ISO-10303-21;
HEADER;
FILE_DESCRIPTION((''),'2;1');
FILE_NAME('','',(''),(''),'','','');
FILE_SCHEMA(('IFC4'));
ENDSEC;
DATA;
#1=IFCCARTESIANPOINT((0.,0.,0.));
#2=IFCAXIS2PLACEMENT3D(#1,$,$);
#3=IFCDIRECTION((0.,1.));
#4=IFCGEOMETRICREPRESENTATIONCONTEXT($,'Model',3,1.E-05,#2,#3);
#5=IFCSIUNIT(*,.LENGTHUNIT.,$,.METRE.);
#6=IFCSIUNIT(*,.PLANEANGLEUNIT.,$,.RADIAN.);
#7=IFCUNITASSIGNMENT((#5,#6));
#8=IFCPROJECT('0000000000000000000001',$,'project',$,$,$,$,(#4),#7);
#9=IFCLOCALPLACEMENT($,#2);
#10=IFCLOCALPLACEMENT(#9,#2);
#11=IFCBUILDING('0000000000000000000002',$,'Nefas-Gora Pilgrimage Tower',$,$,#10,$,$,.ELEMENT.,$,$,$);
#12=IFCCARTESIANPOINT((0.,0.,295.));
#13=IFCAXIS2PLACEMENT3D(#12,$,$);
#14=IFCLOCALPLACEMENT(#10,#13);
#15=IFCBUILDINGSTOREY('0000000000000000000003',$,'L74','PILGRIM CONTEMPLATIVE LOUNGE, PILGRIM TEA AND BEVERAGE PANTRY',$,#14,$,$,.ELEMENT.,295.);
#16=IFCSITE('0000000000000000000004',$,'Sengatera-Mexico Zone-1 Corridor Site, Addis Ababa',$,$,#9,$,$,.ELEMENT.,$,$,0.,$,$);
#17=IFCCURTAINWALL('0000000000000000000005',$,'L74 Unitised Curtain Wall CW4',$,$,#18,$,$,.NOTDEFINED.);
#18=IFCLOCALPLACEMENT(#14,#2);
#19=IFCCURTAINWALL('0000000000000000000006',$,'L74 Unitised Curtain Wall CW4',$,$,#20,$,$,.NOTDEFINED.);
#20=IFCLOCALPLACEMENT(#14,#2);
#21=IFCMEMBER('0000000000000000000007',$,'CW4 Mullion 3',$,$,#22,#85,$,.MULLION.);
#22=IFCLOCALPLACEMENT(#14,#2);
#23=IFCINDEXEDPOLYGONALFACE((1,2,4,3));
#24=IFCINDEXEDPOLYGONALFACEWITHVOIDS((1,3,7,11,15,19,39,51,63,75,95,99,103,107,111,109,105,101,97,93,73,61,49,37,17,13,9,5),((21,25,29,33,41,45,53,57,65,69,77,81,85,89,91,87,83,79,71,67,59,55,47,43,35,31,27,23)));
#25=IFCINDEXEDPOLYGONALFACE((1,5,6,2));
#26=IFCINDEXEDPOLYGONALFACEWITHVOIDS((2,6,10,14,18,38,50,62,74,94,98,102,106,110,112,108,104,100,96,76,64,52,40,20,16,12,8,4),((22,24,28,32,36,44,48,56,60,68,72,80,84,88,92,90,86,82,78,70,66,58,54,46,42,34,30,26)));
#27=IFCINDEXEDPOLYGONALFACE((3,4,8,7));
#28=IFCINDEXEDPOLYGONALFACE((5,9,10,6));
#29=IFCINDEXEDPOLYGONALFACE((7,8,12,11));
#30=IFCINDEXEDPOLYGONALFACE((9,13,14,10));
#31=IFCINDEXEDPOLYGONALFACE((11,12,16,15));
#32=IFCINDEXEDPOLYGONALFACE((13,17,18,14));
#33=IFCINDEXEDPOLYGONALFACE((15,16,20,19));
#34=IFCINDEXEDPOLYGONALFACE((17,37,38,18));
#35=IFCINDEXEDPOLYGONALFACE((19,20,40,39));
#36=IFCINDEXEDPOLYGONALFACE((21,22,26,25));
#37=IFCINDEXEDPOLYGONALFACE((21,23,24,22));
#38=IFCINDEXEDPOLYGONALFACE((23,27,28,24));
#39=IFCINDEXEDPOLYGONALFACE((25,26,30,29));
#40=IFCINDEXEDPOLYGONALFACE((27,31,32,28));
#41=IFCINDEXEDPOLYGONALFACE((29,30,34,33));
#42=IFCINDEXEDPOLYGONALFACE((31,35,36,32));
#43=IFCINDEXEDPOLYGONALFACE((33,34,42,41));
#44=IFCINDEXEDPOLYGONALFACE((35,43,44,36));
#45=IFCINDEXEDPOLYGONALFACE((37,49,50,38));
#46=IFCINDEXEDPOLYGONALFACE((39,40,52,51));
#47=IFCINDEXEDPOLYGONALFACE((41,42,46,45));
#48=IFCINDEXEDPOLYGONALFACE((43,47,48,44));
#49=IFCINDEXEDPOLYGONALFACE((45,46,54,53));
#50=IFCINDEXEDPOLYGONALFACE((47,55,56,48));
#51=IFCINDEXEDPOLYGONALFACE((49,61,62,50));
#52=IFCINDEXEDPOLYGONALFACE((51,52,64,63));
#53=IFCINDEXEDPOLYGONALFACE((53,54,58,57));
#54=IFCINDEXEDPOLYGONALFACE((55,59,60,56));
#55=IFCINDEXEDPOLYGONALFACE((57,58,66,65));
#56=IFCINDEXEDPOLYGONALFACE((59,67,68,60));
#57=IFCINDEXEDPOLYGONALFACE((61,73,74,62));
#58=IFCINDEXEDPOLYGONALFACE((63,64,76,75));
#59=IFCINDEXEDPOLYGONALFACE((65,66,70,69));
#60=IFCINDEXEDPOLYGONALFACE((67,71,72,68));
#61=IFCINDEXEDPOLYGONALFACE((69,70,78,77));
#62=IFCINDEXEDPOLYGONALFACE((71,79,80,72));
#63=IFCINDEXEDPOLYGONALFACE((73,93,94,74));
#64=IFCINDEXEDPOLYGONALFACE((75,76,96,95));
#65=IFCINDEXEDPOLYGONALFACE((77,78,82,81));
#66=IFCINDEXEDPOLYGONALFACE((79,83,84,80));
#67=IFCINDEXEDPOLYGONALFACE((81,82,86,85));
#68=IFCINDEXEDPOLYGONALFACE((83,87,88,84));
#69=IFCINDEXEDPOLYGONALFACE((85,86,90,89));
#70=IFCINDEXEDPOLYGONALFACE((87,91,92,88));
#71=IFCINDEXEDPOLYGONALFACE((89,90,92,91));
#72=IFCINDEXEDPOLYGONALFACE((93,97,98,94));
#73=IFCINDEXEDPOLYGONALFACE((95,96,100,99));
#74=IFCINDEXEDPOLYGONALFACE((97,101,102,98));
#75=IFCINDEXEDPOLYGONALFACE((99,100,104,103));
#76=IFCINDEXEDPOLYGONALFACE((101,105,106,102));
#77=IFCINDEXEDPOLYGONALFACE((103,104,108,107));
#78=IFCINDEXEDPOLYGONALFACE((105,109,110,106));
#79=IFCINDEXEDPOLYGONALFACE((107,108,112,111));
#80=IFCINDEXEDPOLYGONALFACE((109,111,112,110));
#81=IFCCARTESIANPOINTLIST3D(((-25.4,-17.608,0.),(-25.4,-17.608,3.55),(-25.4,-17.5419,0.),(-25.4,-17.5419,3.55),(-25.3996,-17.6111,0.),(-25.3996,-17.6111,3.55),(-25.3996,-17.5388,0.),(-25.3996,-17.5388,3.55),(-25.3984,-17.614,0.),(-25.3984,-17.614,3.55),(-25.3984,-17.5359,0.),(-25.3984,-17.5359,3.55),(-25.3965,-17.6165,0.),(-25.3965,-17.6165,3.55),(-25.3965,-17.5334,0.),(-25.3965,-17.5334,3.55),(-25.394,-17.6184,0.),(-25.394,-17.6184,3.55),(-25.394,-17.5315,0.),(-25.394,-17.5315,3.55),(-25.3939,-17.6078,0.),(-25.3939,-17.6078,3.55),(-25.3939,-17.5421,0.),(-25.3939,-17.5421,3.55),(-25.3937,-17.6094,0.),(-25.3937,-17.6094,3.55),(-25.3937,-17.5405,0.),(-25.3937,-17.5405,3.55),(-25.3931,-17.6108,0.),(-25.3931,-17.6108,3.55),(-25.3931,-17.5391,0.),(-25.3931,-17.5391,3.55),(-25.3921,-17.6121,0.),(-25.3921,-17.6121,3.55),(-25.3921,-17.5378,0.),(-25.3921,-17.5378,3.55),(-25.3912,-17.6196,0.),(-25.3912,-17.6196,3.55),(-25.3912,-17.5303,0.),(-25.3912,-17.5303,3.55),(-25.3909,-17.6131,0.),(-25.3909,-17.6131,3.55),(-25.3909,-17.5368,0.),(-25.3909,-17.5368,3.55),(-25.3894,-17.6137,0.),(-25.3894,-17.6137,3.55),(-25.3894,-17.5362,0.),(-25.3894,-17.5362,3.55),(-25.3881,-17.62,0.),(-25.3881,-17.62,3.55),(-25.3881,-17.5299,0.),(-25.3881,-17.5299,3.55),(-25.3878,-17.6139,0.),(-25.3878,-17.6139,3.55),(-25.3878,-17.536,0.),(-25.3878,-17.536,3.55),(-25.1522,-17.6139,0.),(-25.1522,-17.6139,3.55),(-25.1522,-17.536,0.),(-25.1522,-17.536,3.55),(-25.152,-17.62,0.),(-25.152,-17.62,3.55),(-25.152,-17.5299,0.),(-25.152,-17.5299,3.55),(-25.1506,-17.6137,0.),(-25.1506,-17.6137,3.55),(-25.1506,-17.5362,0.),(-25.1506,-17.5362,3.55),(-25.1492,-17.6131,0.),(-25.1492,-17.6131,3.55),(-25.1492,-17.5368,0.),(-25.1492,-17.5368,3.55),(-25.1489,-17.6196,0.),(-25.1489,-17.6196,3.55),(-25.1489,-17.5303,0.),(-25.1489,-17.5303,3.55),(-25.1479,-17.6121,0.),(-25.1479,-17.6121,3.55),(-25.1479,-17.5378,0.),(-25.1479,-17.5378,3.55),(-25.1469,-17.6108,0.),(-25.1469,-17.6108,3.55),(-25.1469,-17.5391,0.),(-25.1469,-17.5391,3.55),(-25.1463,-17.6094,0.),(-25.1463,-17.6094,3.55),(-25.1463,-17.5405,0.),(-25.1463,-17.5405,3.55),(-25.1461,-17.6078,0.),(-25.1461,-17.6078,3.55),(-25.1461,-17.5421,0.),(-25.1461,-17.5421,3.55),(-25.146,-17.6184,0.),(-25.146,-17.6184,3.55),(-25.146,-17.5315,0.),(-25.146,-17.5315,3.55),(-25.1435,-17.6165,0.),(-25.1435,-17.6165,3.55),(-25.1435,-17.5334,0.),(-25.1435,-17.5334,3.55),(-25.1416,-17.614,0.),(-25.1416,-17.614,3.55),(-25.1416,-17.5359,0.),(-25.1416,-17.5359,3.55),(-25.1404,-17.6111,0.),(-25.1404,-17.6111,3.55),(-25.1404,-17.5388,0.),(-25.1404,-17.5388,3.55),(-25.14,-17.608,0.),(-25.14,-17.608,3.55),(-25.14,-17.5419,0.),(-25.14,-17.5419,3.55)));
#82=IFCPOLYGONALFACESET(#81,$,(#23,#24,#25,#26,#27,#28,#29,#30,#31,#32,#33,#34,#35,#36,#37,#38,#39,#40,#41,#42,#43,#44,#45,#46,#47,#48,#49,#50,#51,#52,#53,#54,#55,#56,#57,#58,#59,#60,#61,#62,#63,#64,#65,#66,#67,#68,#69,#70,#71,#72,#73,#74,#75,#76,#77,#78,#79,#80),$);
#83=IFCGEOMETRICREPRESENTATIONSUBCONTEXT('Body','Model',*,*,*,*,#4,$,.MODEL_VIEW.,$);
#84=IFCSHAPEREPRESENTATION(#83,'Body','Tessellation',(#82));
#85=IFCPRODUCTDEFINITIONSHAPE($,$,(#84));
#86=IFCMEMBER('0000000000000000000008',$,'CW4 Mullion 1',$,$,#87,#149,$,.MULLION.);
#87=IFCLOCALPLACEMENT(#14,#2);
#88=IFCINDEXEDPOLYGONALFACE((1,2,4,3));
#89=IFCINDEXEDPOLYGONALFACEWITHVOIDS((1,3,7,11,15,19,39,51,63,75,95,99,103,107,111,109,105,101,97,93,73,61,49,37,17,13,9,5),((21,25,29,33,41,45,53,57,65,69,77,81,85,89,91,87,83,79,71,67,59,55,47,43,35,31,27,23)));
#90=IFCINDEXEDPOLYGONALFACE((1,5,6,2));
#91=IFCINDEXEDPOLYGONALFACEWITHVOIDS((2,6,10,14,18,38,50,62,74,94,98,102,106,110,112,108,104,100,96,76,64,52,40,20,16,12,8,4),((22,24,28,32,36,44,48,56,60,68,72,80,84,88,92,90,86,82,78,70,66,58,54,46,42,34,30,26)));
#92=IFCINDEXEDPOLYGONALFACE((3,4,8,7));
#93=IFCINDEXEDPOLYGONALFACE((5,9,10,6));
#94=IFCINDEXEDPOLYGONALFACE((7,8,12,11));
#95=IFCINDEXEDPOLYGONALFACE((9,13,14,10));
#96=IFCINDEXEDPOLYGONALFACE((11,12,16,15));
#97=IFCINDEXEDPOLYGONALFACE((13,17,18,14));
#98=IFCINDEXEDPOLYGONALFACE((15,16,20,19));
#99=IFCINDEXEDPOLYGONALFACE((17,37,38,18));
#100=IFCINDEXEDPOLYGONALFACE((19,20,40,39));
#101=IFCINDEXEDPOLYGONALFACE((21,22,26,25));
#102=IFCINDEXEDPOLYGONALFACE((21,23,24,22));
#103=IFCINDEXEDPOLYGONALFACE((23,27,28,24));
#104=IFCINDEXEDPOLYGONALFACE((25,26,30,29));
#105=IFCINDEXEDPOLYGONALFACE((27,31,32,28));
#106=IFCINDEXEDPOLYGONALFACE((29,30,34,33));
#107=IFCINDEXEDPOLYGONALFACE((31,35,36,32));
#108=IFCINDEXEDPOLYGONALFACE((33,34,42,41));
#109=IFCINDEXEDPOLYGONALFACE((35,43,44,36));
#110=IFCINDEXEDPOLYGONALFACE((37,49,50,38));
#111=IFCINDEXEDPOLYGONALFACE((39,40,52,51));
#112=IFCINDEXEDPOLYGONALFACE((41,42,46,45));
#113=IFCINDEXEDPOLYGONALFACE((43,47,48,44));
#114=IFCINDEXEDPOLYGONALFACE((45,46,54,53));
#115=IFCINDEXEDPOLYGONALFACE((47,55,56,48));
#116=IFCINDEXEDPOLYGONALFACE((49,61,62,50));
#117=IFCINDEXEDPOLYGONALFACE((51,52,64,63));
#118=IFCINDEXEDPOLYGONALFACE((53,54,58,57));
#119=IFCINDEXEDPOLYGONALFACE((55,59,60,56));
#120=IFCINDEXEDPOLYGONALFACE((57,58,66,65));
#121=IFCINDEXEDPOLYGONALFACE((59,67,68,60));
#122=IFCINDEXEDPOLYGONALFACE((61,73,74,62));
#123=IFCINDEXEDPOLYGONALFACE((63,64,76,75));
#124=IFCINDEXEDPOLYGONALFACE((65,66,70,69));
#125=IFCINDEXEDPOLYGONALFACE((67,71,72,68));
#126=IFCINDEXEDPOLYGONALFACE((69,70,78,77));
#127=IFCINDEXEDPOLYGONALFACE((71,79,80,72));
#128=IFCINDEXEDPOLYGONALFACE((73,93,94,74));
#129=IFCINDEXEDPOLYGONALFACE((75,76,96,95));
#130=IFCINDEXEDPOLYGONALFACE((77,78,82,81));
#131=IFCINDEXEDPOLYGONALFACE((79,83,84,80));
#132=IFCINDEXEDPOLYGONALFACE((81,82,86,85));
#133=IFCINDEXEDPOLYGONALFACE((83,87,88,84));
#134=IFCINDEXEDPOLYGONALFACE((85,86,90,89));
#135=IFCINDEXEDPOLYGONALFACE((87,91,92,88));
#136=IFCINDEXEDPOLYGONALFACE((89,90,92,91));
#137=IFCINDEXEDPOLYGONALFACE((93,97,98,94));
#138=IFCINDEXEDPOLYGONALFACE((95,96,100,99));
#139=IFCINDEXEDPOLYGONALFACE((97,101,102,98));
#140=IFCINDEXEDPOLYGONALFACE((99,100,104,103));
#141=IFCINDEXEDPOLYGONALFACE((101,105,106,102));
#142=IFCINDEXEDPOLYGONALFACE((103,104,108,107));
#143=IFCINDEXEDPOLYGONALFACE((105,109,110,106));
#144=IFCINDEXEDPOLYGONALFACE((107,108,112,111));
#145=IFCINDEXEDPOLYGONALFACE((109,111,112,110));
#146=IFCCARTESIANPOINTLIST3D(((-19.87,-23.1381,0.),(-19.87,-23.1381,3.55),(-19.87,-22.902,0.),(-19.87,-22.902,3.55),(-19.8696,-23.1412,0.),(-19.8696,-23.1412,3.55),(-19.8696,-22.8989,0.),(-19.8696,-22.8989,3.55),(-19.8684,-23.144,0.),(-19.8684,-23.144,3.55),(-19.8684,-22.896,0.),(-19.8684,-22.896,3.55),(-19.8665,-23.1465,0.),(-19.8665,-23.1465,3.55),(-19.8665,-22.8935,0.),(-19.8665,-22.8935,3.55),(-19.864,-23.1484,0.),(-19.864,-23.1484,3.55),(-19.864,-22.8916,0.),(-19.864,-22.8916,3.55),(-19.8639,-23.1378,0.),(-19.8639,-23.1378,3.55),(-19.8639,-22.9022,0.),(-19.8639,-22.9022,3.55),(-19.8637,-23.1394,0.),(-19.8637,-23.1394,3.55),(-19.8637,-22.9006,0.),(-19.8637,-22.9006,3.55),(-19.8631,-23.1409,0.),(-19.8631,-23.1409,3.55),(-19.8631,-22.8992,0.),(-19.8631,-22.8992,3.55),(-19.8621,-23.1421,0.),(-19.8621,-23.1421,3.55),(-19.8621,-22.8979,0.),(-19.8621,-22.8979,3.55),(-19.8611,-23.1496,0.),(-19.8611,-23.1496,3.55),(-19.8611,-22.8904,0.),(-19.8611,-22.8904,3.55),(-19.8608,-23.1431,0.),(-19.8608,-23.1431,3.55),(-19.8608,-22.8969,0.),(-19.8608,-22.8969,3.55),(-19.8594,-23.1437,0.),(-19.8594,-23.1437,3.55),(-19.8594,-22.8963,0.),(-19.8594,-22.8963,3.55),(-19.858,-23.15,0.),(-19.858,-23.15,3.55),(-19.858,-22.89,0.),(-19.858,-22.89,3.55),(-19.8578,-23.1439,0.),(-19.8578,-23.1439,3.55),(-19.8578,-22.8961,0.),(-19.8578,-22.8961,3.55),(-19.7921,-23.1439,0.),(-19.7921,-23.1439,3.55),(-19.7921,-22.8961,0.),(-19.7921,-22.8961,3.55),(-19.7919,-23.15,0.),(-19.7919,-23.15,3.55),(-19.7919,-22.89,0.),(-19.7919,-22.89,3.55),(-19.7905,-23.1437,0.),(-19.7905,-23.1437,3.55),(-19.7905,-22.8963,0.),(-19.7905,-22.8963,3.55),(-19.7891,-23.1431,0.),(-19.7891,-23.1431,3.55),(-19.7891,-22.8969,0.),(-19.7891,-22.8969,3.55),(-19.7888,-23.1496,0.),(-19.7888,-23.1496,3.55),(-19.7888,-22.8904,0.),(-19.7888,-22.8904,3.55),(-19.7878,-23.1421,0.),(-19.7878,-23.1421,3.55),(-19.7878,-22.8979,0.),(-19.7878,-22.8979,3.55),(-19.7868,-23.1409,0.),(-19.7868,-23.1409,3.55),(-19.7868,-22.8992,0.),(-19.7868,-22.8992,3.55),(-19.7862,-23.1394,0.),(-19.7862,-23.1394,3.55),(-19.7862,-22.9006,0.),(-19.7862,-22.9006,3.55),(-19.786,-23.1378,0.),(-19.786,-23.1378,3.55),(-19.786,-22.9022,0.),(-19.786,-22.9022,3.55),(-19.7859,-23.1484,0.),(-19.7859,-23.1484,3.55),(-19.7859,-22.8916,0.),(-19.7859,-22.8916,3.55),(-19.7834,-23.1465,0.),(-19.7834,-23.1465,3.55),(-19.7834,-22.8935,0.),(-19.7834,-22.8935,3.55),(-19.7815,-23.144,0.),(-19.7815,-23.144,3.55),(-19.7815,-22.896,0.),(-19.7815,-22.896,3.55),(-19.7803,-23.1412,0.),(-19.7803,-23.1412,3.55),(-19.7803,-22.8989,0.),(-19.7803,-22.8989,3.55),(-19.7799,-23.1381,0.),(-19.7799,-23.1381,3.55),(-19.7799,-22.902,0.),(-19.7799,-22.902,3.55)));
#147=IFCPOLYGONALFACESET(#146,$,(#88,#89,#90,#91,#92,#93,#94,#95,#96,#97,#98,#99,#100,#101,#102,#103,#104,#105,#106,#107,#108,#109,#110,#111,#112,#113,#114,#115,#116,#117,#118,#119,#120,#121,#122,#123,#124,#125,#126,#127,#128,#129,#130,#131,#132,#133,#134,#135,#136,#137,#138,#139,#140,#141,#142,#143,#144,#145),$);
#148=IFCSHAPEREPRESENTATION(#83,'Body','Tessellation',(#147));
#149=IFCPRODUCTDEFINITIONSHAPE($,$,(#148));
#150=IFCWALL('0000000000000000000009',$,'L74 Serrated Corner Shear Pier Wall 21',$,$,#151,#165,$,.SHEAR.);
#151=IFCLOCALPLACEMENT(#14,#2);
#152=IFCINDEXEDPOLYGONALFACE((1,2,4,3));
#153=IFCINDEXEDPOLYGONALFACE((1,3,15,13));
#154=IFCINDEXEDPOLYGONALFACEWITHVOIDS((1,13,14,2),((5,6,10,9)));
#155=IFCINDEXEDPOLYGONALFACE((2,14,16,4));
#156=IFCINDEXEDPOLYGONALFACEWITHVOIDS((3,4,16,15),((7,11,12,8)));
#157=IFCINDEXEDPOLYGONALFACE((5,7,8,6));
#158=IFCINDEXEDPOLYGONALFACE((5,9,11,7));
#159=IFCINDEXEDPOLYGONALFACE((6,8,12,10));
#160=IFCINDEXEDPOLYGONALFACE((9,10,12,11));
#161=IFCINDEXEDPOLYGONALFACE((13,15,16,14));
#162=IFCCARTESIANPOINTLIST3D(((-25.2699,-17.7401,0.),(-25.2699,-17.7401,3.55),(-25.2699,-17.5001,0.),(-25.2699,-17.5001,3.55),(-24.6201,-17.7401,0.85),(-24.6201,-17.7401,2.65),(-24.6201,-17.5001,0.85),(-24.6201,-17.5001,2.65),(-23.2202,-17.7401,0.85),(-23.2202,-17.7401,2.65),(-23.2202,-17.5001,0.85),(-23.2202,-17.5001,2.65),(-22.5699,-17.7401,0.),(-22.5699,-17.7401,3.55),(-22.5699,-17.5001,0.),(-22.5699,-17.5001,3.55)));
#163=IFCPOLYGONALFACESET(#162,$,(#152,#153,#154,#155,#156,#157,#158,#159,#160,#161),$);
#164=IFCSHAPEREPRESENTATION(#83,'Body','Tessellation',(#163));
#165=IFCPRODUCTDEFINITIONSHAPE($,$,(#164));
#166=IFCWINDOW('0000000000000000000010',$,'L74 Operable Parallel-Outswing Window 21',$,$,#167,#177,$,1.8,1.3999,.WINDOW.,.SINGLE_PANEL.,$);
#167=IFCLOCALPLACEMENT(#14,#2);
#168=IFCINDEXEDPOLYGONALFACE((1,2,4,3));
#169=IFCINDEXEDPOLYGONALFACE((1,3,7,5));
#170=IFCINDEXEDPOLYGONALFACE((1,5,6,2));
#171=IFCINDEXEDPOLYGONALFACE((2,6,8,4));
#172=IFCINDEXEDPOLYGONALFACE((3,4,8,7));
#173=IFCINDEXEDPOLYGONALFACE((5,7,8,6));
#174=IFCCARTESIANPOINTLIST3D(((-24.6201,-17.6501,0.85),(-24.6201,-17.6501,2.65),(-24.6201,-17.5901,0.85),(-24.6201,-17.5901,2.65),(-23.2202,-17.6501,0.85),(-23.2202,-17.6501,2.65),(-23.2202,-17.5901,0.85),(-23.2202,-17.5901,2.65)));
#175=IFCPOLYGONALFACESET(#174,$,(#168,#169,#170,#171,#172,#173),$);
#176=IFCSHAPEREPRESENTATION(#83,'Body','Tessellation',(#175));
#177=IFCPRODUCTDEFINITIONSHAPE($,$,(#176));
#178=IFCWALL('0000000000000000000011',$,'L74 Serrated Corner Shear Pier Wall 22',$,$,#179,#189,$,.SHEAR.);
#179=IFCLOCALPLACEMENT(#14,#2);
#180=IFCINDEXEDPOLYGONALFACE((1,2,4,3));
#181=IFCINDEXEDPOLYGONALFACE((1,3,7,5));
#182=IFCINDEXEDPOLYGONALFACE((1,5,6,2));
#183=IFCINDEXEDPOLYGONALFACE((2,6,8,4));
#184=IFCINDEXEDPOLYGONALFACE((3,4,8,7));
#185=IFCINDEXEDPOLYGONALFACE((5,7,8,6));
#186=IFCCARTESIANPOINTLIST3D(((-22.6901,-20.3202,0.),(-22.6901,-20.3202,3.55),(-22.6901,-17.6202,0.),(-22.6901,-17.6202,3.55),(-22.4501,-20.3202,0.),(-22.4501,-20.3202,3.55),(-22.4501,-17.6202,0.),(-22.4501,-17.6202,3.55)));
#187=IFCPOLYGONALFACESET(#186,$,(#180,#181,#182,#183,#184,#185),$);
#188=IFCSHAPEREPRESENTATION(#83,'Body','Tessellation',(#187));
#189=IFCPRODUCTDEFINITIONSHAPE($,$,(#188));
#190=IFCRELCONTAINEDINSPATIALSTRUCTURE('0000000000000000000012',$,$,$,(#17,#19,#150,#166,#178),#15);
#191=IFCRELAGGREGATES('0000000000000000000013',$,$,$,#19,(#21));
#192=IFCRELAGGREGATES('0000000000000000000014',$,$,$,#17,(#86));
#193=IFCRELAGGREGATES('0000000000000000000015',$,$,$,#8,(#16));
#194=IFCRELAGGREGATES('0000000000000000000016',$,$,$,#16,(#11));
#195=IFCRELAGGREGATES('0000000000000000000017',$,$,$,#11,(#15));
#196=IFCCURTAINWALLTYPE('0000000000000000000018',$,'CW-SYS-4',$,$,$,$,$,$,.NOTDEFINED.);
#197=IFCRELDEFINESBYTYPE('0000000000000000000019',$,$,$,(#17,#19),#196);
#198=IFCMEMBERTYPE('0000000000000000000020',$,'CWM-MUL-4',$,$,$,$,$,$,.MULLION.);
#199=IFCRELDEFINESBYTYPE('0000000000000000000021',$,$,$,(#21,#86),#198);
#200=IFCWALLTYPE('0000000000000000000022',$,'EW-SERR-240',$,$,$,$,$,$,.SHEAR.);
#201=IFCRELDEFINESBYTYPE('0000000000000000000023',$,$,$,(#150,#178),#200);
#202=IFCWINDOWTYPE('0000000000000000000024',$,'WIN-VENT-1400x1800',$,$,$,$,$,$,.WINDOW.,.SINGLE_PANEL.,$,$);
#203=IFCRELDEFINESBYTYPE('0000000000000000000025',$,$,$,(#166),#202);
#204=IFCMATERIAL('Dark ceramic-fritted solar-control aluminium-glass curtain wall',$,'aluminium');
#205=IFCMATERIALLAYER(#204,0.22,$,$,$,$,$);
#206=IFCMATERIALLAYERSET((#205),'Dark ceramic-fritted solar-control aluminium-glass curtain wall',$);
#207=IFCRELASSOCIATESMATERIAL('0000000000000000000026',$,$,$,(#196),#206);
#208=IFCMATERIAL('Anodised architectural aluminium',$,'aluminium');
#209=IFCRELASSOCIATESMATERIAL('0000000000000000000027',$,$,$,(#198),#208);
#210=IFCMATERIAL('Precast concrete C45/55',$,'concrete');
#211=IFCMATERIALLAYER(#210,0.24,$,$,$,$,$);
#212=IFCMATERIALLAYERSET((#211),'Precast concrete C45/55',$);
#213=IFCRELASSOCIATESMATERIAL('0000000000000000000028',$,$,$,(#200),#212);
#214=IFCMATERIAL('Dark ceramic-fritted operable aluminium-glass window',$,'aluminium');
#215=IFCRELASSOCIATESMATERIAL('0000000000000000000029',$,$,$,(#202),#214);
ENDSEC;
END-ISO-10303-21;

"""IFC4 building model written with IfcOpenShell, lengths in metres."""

from ifc_helpers import new_model, si_unit, direction, frame, frame_2d, origin, origin_2d, place, context, subcontext, project, spatial, rectangle, hollow_rectangle, extrude, source, transform, mapped, material, layer, layer_set, material_profile, profile_set, type_object, element, fill, aggregate, save


model = new_model("IFC4")

# Units and contexts
model_context = context("Model", 3, precision=1e-05, world=origin(), true_north=direction((0.0, 1.0)))
body_context = subcontext(model_context, "Body", "Model", "MODEL_VIEW")
ifc_project = project(units=[si_unit("LENGTHUNIT", "METRE"), si_unit("PLANEANGLEUNIT", "RADIAN")], contexts=[model_context])

# Site, building, storey
site_placement = place(None, origin())
site = spatial("IfcSite", under=ifc_project, at=site_placement, Name="Sengatera-Mexico Zone-1 Corridor Site, Addis Ababa", CompositionType="ELEMENT", RefElevation=0.0)
building_placement = place(site_placement, origin())
building = spatial("IfcBuilding", under=site, at=building_placement, Name="Nefas-Gora Pilgrimage Tower", CompositionType="ELEMENT")
storey_placement = place(building_placement, frame((0.0, 0.0, 295.0)))
storey = spatial("IfcBuildingStorey", under=building, at=storey_placement, Name="L74", Description="PILGRIM CONTEMPLATIVE LOUNGE, PILGRIM TEA AND BEVERAGE PANTRY", CompositionType="ELEMENT", Elevation=295.0)

# Curtain walls, member
ifc_material_1 = material(Name="Dark ceramic-fritted solar-control aluminium-glass curtain wall", Category="aluminium")
ifc_layer_1 = layer(ifc_material_1, 0.22)
ifc_layer_set_1 = layer_set([ifc_layer_1], Name="Dark ceramic-fritted solar-control aluminium-glass curtain wall")
curtain_wall_type = type_object("IfcCurtainWallType", Name="CW-SYS-4", PredefinedType="NOTDEFINED", material=ifc_layer_set_1)
curtain_wall_1_placement = place(storey_placement, origin())
curtain_wall_1 = element("IfcCurtainWall", 1, at=curtain_wall_1_placement, inside=storey, type_object=curtain_wall_type, Name="L74 Unitised Curtain Wall CW4", PredefinedType="NOTDEFINED")
ifc_material_2 = material(Name="Anodised architectural aluminium", Category="aluminium")
curtain_wall_2_placement = place(storey_placement, origin())
curtain_wall_2 = element("IfcCurtainWall", 2, at=curtain_wall_2_placement, inside=storey, type_object=curtain_wall_type, Name="L74 Unitised Curtain Wall CW4", PredefinedType="NOTDEFINED")
ifc_material_profile_1 = material_profile(ifc_material_2, hollow_rectangle(XDim=0.0901, YDim=0.26, WallThickness=0.0061, InnerFilletRadius=0.0061, OuterFilletRadius=0.012, at=origin_2d()), Name="ALU MULLION 90x260")
ifc_profile_set_1 = profile_set([ifc_material_profile_1], Name="Anodised architectural aluminium")
member_type_1 = type_object("IfcMemberType", Name="CWM-MUL-4", PredefinedType="MULLION", material=ifc_profile_set_1)
shared_shape_1 = source(origin(), body_context, "Body", "SweptSolid", [
    extrude(hollow_rectangle(XDim=0.0901, YDim=0.26, WallThickness=0.0061, InnerFilletRadius=0.0061, OuterFilletRadius=0.012, at=origin_2d()), origin(), (0.0, 0.0, 1.0), 3.55),
])
member_1_placement = place(storey_placement, frame((-25.27, -17.575, 0.0), z_axis=(0.0, 0.0, 1.0), x_axis=(0.0, -1.0, 0.0)))
member_1 = element("IfcMember", 3, at=member_1_placement, type_object=member_type_1, Name="CW4 Mullion 3", PredefinedType="MULLION", context=body_context, shape_type="MappedRepresentation", body=[
    mapped(shared_shape_1, transform((0.0, 0.0, 0.0), x_axis=(1.0, 0.0, 0.0), y_axis=(0.0, 1.0, 0.0), z_axis=(0.0, 0.0, 1.0), scale=1.0)),
])
aggregate(curtain_wall_2, [member_1])

# Member
member_2_placement = place(storey_placement, frame((-19.825, -23.02, 0.0), z_axis=(0.0, 0.0, 1.0), x_axis=(1.0, 0.0, 0.0)))
member_2 = element("IfcMember", 4, at=member_2_placement, type_object=member_type_1, Name="CW4 Mullion 1", PredefinedType="MULLION", context=body_context, shape_type="MappedRepresentation", body=[
    mapped(shared_shape_1, transform((0.0, 0.0, 0.0), x_axis=(1.0, 0.0, 0.0), y_axis=(0.0, 1.0, 0.0), z_axis=(0.0, 0.0, 1.0), scale=1.0)),
])
aggregate(curtain_wall_1, [member_2])

# Wall, opening, window
ifc_material_3 = material(Name="Precast concrete C45/55", Category="concrete")
ifc_layer_2 = layer(ifc_material_3, 0.24)
ifc_layer_set_2 = layer_set([ifc_layer_2], Name="Precast concrete C45/55")
wall_type_1 = type_object("IfcWallType", Name="EW-SERR-240", PredefinedType="SHEAR", material=ifc_layer_set_2)
shared_shape_2 = source(origin(), body_context, "Body", "SweptSolid", [
    extrude(rectangle(XDim=2.7, YDim=0.24, at=frame_2d((1.3501, 0.0))), origin(), (0.0, 0.0, 1.0), 3.55),
])
wall_1_placement = place(storey_placement, frame((-25.27, -17.6201, 0.0), z_axis=(0.0, 0.0, 1.0), x_axis=(1.0, 0.0, 0.0)))
wall_1 = element("IfcWall", 5, at=wall_1_placement, inside=storey, type_object=wall_type_1, Name="L74 Serrated Corner Shear Pier Wall 21", PredefinedType="SHEAR", context=body_context, shape_type="MappedRepresentation", body=[
    mapped(shared_shape_2, transform((0.0, 0.0, 0.0), x_axis=(1.0, 0.0, 0.0), y_axis=(0.0, 1.0, 0.0), z_axis=(0.0, 0.0, 1.0), scale=1.0)),
])
opening_1_placement = place(wall_1_placement, frame((0.6499, 0.0, 0.8501)))
opening_1 = element("IfcOpeningElement", 6, at=opening_1_placement, cuts=wall_1, PredefinedType="OPENING", context=body_context, shape_type="SweptSolid", body=[
    extrude(rectangle(XDim=1.3999, YDim=1.8, at=frame_2d((0.7, 0.8999))), frame((0.0, 0.1299, 0.0), z_axis=(0.0, -1.0, 0.0), x_axis=(1.0, 0.0, 0.0)), (0.0, 0.0, 1.0), 0.26),
])
ifc_material_4 = material(Name="Dark ceramic-fritted operable aluminium-glass window", Category="aluminium")
window_type = type_object("IfcWindowType", Name="WIN-VENT-1400x1800", PartitioningType="SINGLE_PANEL", PredefinedType="WINDOW", material=ifc_material_4)
shared_shape_3 = source(origin(), body_context, "Body", "SweptSolid", [
    extrude(rectangle(XDim=1.3999, YDim=1.8, at=frame_2d((0.7, 0.8999))), frame((0.0, 0.03, 0.0), z_axis=(0.0, -1.0, 0.0), x_axis=(1.0, 0.0, 0.0)), (0.0, 0.0, 1.0), 0.0601),
])
window_placement = place(opening_1_placement, origin())
window = element("IfcWindow", 7, at=window_placement, inside=storey, type_object=window_type, Name="L74 Operable Parallel-Outswing Window 21", OverallHeight=1.8, OverallWidth=1.3999, PartitioningType="SINGLE_PANEL", PredefinedType="WINDOW", context=body_context, shape_type="MappedRepresentation", body=[
    mapped(shared_shape_3, transform((0.0, 0.0, 0.0), x_axis=(1.0, 0.0, 0.0), y_axis=(0.0, 1.0, 0.0), z_axis=(0.0, 0.0, 1.0), scale=1.0)),
])
fill(opening_1, window)

# Wall
for number, where, z_axis, x_axis, name in (
    (8, (-22.5701, -17.6201, 0.0), (0.0, 0.0, 1.0), (0.0, -1.0, 0.0), "L74 Serrated Corner Shear Pier Wall 22"),
):
    element("IfcWall", number, at=place(storey_placement, frame(where, z_axis=z_axis, x_axis=x_axis)), inside=storey, type_object=wall_type_1, Name=name, PredefinedType="SHEAR", context=body_context, shape_type="MappedRepresentation", body=[
        mapped(shared_shape_2, transform((0.0, 0.0, 0.0), x_axis=(1.0, 0.0, 0.0), y_axis=(0.0, 1.0, 0.0), z_axis=(0.0, 0.0, 1.0), scale=1.0)),
    ])

save(model, "model.ifc")
